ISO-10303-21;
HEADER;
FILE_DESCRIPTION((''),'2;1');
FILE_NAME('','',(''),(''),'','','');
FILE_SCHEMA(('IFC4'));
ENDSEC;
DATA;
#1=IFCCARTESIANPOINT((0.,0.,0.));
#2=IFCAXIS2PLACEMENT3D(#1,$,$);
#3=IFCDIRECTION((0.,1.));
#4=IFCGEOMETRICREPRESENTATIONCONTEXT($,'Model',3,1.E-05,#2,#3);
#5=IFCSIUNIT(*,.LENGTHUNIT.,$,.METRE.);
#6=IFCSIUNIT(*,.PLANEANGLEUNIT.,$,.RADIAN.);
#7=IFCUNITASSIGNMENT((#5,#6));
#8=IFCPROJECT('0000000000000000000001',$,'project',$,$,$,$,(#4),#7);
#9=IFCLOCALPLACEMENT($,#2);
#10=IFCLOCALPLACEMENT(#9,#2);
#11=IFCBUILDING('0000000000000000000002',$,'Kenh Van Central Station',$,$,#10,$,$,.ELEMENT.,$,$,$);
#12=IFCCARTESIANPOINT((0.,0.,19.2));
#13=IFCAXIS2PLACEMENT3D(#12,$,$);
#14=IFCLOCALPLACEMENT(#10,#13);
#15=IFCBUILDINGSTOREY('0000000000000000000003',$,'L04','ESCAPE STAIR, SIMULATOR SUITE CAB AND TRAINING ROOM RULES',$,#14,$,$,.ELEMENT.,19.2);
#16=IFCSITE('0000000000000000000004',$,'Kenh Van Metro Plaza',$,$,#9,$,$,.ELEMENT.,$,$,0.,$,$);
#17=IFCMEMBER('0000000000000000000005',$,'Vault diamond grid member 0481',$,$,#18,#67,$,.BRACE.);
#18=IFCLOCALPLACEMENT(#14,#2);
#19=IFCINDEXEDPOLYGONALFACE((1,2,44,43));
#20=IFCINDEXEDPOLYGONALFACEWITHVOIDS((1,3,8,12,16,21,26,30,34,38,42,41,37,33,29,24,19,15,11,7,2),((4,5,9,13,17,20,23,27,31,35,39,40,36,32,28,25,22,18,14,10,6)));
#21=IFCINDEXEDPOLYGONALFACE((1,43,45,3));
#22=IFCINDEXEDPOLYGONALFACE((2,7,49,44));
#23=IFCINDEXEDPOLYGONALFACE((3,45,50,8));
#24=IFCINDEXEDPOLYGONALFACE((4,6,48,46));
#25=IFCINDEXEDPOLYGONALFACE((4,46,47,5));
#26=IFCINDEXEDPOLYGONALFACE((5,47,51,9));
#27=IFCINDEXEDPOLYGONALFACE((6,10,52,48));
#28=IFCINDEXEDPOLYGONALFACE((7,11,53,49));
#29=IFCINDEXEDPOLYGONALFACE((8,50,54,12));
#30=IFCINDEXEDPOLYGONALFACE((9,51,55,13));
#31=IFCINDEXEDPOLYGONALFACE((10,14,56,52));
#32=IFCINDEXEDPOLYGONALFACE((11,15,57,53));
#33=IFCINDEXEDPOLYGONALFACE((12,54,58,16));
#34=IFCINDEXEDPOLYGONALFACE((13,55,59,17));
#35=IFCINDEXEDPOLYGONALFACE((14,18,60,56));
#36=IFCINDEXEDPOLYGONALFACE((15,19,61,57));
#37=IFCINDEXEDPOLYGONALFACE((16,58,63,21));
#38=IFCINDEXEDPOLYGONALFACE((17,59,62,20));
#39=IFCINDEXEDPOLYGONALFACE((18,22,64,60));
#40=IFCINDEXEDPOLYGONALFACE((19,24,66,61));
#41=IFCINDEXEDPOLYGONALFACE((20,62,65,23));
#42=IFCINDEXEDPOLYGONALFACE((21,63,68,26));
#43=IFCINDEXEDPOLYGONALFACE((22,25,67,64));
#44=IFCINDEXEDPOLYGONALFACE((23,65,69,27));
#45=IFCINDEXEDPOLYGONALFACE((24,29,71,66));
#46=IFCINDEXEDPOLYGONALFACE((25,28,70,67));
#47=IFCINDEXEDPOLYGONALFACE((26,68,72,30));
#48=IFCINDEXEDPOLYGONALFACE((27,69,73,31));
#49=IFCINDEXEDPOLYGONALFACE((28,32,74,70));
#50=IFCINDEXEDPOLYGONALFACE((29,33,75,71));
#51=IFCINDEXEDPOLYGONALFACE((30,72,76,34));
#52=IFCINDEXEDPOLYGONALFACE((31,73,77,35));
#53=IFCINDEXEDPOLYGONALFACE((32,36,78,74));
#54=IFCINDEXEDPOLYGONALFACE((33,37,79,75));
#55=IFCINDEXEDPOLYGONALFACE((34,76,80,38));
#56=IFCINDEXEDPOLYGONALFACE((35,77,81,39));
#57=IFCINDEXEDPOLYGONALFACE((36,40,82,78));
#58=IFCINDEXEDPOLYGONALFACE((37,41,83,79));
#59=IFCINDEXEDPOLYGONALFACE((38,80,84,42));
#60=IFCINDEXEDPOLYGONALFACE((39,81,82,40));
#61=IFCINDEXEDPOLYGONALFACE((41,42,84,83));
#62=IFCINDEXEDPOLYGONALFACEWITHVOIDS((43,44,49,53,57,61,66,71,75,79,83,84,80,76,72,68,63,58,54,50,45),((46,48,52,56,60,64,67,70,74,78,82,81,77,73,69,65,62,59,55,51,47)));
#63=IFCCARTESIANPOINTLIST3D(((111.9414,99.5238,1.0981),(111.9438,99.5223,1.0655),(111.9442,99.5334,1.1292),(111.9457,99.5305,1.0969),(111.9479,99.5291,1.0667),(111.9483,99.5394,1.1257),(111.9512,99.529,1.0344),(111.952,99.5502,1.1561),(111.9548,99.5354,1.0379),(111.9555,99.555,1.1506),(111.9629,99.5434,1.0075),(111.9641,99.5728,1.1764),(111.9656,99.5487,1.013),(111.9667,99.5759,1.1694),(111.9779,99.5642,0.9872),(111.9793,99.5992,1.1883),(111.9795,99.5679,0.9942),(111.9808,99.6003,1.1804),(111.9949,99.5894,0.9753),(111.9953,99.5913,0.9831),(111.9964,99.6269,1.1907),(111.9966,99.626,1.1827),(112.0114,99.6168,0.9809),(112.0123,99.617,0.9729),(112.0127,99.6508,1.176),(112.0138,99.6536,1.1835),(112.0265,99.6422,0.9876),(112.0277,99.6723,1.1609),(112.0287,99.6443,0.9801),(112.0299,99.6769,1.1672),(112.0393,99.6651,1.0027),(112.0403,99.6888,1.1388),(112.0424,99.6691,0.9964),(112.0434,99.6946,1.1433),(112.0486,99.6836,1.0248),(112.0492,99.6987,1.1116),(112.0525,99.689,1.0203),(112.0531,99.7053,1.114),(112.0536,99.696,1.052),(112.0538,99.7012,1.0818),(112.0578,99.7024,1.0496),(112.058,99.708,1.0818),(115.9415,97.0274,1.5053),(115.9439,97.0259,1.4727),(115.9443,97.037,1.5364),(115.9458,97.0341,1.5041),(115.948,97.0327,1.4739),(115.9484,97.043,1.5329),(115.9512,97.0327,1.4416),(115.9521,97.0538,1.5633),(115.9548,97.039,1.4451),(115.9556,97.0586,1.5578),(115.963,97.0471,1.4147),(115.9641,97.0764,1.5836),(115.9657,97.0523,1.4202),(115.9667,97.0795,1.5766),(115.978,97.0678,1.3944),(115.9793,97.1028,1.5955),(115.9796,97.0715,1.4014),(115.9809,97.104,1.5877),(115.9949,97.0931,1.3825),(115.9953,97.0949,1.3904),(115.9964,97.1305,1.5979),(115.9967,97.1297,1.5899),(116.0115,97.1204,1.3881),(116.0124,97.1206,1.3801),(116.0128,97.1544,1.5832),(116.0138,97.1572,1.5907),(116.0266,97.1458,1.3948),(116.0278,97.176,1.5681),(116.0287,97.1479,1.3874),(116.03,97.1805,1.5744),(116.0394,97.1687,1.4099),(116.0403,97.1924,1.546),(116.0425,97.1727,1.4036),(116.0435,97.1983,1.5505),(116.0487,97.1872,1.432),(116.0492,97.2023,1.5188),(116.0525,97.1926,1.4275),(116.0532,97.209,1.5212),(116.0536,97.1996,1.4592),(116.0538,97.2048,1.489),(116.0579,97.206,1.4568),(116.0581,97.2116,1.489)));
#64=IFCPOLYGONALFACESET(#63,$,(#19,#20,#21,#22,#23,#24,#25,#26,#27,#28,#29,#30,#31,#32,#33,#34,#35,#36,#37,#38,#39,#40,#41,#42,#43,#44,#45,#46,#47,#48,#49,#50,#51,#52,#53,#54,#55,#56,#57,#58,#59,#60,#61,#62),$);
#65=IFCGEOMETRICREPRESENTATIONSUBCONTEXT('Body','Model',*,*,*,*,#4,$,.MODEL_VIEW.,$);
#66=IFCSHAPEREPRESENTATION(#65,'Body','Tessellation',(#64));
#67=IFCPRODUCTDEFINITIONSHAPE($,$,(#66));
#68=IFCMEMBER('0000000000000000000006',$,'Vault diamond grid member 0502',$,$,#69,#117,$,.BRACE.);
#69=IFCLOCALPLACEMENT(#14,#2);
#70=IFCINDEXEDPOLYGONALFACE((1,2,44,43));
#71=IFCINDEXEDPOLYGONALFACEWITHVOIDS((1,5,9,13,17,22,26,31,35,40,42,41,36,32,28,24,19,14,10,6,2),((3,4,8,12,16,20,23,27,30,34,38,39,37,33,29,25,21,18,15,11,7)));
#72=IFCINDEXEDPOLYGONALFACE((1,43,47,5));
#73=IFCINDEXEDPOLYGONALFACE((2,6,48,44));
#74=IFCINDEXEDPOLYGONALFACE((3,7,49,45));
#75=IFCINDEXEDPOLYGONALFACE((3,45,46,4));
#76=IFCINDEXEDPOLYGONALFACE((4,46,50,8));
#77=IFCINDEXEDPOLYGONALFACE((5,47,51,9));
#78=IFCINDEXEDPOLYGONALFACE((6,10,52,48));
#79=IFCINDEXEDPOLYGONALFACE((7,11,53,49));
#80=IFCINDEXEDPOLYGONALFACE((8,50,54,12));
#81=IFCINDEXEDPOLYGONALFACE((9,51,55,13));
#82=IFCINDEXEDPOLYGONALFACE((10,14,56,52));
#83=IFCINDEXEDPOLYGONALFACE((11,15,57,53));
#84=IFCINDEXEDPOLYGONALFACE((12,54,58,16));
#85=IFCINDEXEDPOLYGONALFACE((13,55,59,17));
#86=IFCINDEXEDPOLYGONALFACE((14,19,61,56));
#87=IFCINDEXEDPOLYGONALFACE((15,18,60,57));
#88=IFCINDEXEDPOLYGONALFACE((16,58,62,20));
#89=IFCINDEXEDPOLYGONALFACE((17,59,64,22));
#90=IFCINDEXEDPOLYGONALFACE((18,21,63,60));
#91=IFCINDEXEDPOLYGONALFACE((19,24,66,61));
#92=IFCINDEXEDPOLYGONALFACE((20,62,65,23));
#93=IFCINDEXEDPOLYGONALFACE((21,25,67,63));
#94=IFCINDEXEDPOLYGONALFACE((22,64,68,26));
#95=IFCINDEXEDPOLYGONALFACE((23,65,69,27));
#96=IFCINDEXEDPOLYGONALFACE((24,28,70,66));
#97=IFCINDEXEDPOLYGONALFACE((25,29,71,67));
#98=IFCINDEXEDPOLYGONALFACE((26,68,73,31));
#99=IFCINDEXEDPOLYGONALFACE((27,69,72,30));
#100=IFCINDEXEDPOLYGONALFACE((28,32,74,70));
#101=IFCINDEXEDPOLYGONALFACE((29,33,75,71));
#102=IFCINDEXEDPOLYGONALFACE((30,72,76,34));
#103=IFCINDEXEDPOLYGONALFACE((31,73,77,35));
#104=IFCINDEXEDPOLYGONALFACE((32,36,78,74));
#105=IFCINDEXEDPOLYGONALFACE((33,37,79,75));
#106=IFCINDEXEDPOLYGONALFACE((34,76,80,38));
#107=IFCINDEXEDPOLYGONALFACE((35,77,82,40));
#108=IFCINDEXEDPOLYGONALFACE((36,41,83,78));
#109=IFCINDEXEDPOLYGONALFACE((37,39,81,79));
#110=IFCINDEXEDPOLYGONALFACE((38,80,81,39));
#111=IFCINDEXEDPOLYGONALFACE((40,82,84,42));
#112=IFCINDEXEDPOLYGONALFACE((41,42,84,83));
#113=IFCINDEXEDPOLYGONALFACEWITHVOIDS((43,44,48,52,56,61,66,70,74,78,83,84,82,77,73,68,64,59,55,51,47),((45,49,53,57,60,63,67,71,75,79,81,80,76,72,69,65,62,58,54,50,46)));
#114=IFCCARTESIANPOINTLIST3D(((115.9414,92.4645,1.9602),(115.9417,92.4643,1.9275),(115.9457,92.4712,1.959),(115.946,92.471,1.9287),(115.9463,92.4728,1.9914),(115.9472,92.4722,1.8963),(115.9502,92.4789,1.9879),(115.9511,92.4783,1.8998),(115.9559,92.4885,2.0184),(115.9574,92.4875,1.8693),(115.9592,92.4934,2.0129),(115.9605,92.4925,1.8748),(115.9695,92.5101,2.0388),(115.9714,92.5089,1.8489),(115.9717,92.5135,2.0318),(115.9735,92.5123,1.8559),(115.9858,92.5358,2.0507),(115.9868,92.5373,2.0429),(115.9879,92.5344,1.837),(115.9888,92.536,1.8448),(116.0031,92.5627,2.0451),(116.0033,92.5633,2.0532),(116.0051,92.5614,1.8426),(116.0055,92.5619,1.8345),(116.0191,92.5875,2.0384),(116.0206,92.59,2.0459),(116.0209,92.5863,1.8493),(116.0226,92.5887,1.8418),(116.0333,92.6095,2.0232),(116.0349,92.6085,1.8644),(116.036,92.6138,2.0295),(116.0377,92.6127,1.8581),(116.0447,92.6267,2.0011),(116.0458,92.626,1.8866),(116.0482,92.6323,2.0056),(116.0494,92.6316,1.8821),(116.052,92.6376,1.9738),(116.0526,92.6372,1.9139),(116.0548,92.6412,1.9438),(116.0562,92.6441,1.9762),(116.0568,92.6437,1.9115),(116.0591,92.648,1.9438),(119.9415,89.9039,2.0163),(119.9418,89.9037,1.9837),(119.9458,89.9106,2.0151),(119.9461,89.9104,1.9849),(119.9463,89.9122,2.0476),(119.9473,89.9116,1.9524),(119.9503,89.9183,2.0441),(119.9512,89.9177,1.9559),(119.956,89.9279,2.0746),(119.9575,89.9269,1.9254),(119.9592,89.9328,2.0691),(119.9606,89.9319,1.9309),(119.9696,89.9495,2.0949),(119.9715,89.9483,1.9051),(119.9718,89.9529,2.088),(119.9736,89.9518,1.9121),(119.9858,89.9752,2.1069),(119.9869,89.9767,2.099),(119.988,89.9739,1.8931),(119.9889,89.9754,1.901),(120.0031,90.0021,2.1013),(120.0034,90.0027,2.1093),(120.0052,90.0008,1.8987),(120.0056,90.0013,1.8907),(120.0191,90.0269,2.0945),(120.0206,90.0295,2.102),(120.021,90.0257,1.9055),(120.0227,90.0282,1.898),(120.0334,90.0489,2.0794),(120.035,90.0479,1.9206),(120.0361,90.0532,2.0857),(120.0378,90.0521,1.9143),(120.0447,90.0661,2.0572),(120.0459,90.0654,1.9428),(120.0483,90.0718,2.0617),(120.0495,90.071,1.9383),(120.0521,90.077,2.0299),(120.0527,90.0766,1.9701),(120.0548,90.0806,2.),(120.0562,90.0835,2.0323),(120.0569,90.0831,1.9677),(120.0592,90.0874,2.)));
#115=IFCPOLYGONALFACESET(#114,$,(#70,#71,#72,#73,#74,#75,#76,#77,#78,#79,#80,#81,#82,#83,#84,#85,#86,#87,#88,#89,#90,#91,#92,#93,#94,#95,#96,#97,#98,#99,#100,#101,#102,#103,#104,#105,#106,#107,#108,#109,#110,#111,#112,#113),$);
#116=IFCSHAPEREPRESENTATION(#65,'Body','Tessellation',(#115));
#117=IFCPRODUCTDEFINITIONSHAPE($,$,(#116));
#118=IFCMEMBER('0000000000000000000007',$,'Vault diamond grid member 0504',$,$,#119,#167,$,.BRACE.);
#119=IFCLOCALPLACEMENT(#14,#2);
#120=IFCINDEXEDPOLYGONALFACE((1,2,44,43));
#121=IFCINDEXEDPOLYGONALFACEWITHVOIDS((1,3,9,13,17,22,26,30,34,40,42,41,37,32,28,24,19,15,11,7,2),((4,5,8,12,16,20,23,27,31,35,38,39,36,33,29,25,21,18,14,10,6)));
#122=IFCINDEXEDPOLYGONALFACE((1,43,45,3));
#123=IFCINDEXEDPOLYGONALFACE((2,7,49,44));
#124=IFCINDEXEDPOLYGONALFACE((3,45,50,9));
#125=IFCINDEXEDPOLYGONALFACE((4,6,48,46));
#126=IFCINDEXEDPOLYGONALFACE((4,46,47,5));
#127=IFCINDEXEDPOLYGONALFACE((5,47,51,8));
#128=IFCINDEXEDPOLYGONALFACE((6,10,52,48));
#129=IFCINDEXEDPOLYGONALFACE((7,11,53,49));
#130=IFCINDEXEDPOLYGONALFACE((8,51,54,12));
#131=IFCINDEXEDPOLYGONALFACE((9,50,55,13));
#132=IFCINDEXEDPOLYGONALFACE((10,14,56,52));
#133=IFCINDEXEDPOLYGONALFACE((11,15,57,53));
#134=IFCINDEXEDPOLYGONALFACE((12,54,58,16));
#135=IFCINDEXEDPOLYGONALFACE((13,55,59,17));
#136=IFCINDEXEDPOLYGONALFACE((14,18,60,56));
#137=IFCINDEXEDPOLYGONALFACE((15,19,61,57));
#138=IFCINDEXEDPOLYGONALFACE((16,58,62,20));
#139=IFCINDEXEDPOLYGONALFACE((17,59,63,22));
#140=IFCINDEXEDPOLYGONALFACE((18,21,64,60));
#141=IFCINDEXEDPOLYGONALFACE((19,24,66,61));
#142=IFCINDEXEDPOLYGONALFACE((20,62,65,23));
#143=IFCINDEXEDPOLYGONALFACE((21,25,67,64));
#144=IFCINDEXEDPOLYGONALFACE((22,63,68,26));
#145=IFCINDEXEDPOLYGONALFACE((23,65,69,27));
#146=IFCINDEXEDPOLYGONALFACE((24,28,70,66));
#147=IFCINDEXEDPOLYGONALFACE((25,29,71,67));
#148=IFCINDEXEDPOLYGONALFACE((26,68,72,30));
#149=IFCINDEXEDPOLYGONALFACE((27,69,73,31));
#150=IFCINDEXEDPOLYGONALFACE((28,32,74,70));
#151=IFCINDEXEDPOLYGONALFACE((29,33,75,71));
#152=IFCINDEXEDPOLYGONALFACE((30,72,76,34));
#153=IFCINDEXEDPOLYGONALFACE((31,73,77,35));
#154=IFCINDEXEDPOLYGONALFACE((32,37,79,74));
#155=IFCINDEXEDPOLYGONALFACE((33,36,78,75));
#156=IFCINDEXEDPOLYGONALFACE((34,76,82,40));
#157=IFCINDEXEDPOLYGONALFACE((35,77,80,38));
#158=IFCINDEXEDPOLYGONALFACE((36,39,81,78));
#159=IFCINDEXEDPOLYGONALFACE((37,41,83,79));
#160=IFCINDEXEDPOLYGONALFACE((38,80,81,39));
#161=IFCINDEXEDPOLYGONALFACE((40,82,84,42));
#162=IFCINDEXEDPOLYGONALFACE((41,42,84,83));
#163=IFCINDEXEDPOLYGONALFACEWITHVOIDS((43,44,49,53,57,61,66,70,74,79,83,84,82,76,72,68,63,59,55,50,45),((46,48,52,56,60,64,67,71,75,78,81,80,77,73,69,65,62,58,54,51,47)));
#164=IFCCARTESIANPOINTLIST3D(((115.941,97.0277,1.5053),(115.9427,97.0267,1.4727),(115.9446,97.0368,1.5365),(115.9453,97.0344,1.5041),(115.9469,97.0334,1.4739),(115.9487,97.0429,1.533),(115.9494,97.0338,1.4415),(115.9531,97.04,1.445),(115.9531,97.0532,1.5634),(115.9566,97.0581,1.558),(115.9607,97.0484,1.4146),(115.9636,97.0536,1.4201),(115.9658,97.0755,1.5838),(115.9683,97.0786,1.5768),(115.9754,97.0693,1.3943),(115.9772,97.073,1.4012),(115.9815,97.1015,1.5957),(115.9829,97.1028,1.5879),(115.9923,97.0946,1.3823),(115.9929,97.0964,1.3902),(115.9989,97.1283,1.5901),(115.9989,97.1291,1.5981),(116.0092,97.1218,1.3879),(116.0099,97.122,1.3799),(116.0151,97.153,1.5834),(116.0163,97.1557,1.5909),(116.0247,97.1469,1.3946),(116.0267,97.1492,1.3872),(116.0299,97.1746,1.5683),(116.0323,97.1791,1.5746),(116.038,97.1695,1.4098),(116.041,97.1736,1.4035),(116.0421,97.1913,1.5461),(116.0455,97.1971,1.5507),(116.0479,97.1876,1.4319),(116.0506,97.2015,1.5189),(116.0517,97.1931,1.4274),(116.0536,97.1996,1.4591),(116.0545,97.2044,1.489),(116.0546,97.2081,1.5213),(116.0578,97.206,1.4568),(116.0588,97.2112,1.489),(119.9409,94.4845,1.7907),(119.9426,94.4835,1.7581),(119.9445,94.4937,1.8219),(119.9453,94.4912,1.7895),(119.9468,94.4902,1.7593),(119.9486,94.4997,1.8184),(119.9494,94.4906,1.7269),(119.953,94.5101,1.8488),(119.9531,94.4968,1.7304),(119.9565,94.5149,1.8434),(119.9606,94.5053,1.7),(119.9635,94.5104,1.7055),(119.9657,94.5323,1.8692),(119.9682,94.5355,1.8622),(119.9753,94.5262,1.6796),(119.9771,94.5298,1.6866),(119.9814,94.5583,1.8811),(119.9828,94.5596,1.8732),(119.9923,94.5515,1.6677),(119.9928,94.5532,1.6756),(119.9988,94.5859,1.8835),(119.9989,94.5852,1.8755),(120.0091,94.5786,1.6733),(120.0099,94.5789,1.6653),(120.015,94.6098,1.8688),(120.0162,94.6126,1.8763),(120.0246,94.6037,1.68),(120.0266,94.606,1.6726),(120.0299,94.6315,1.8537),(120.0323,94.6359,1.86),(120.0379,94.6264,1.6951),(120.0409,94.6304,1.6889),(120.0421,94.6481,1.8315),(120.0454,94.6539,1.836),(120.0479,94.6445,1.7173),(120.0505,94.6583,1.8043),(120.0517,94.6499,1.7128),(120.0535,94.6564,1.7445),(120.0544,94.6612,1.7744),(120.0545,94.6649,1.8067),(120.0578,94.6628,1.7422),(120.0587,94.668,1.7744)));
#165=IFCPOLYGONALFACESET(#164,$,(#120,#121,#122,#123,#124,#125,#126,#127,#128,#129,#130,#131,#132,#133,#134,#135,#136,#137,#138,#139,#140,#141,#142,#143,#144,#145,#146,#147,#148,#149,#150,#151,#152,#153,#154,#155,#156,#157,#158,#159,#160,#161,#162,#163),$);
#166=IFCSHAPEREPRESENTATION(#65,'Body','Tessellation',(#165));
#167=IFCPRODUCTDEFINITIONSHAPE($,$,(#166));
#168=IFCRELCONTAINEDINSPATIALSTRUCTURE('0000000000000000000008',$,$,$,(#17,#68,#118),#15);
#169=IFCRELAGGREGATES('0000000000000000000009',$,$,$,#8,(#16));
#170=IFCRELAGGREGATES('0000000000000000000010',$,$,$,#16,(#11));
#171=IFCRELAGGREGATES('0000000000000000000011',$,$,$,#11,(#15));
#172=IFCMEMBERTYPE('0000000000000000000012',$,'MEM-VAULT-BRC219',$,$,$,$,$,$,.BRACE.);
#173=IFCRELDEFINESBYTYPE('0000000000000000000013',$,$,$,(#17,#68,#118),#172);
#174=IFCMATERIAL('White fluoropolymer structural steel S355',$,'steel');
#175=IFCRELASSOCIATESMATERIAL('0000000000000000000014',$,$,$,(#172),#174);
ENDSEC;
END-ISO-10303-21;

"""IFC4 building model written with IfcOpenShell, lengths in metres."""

from ifc_helpers import new_model, si_unit, direction, frame, origin, origin_2d, place, context, subcontext, project, spatial, hollow_circle, extrude, material, material_profile, profile_set, type_object, element, save


model = new_model("IFC4")

# Units and contexts
model_context = context("Model", 3, precision=1e-05, world=origin(), true_north=direction((0.0, 1.0)))
body_context = subcontext(model_context, "Body", "Model", "MODEL_VIEW")
ifc_project = project(units=[si_unit("LENGTHUNIT", "METRE"), si_unit("PLANEANGLEUNIT", "RADIAN")], contexts=[model_context])

# Site, building, storey
site_placement = place(None, origin())
site = spatial("IfcSite", under=ifc_project, at=site_placement, Name="Kenh Van Metro Plaza", CompositionType="ELEMENT", RefElevation=0.0)
building_placement = place(site_placement, origin())
building = spatial("IfcBuilding", under=site, at=building_placement, Name="Kenh Van Central Station", CompositionType="ELEMENT")
storey_placement = place(building_placement, frame((0.0, 0.0, 19.2)))
storey = spatial("IfcBuildingStorey", under=building, at=storey_placement, Name="L04", Description="ESCAPE STAIR, SIMULATOR SUITE CAB AND TRAINING ROOM RULES", CompositionType="ELEMENT", Elevation=19.2)

# Shared definitions
ifc_material_1 = material(Name="White fluoropolymer structural steel S355", Category="steel")

# Members
ifc_material_profile_1 = material_profile(ifc_material_1, hollow_circle(Radius=0.1096, WallThickness=0.0081, at=origin_2d()), Name="CHS 219.1x8")
ifc_profile_set_1 = profile_set([ifc_material_profile_1], Name="White fluoropolymer structural steel S355")
member_type_1 = type_object("IfcMemberType", Name="MEM-VAULT-BRC219", PredefinedType="BRACE", material=ifc_profile_set_1)
member_1_placement = place(storey_placement, frame((112.0, 99.615, 1.0818), z_axis=(0.845201, -0.527477, 0.086047), x_axis=(0.52944, 0.848347, 0.0)))
element("IfcMember", 1, at=member_1_placement, inside=storey, type_object=member_type_1, Name="Vault diamond grid member 0481", PredefinedType="BRACE", context=body_context, shape_type="SweptSolid", body=[
    extrude(hollow_circle(Radius=0.1096, WallThickness=0.0081, at=origin_2d()), origin(), (0.0, 0.0, 1.0), 4.7327),
])
member_2_placement = place(storey_placement, frame((116.0, 92.5557, 1.9438), z_axis=(0.84216, -0.539098, 0.011822), x_axis=(0.539135, 0.842219, 0.0)))
element("IfcMember", 2, at=member_2_placement, inside=storey, type_object=member_type_1, Name="Vault diamond grid member 0502", PredefinedType="BRACE", context=body_context, shape_type="SweptSolid", body=[
    extrude(hollow_circle(Radius=0.1096, WallThickness=0.0081, at=origin_2d()), origin(), (0.0, 0.0, 1.0), 4.7498),
])
member_3_placement = place(storey_placement, frame((116.0, 97.1187, 1.489), z_axis=(0.84235, -0.535569, 0.060102), x_axis=(0.536539, 0.843876, 0.0)))
element("IfcMember", 3, at=member_3_placement, inside=storey, type_object=member_type_1, Name="Vault diamond grid member 0504", PredefinedType="BRACE", context=body_context, shape_type="SweptSolid", body=[
    extrude(hollow_circle(Radius=0.1096, WallThickness=0.0081, at=origin_2d()), origin(), (0.0, 0.0, 1.0), 4.7485),
])

save(model, "model.ifc")
